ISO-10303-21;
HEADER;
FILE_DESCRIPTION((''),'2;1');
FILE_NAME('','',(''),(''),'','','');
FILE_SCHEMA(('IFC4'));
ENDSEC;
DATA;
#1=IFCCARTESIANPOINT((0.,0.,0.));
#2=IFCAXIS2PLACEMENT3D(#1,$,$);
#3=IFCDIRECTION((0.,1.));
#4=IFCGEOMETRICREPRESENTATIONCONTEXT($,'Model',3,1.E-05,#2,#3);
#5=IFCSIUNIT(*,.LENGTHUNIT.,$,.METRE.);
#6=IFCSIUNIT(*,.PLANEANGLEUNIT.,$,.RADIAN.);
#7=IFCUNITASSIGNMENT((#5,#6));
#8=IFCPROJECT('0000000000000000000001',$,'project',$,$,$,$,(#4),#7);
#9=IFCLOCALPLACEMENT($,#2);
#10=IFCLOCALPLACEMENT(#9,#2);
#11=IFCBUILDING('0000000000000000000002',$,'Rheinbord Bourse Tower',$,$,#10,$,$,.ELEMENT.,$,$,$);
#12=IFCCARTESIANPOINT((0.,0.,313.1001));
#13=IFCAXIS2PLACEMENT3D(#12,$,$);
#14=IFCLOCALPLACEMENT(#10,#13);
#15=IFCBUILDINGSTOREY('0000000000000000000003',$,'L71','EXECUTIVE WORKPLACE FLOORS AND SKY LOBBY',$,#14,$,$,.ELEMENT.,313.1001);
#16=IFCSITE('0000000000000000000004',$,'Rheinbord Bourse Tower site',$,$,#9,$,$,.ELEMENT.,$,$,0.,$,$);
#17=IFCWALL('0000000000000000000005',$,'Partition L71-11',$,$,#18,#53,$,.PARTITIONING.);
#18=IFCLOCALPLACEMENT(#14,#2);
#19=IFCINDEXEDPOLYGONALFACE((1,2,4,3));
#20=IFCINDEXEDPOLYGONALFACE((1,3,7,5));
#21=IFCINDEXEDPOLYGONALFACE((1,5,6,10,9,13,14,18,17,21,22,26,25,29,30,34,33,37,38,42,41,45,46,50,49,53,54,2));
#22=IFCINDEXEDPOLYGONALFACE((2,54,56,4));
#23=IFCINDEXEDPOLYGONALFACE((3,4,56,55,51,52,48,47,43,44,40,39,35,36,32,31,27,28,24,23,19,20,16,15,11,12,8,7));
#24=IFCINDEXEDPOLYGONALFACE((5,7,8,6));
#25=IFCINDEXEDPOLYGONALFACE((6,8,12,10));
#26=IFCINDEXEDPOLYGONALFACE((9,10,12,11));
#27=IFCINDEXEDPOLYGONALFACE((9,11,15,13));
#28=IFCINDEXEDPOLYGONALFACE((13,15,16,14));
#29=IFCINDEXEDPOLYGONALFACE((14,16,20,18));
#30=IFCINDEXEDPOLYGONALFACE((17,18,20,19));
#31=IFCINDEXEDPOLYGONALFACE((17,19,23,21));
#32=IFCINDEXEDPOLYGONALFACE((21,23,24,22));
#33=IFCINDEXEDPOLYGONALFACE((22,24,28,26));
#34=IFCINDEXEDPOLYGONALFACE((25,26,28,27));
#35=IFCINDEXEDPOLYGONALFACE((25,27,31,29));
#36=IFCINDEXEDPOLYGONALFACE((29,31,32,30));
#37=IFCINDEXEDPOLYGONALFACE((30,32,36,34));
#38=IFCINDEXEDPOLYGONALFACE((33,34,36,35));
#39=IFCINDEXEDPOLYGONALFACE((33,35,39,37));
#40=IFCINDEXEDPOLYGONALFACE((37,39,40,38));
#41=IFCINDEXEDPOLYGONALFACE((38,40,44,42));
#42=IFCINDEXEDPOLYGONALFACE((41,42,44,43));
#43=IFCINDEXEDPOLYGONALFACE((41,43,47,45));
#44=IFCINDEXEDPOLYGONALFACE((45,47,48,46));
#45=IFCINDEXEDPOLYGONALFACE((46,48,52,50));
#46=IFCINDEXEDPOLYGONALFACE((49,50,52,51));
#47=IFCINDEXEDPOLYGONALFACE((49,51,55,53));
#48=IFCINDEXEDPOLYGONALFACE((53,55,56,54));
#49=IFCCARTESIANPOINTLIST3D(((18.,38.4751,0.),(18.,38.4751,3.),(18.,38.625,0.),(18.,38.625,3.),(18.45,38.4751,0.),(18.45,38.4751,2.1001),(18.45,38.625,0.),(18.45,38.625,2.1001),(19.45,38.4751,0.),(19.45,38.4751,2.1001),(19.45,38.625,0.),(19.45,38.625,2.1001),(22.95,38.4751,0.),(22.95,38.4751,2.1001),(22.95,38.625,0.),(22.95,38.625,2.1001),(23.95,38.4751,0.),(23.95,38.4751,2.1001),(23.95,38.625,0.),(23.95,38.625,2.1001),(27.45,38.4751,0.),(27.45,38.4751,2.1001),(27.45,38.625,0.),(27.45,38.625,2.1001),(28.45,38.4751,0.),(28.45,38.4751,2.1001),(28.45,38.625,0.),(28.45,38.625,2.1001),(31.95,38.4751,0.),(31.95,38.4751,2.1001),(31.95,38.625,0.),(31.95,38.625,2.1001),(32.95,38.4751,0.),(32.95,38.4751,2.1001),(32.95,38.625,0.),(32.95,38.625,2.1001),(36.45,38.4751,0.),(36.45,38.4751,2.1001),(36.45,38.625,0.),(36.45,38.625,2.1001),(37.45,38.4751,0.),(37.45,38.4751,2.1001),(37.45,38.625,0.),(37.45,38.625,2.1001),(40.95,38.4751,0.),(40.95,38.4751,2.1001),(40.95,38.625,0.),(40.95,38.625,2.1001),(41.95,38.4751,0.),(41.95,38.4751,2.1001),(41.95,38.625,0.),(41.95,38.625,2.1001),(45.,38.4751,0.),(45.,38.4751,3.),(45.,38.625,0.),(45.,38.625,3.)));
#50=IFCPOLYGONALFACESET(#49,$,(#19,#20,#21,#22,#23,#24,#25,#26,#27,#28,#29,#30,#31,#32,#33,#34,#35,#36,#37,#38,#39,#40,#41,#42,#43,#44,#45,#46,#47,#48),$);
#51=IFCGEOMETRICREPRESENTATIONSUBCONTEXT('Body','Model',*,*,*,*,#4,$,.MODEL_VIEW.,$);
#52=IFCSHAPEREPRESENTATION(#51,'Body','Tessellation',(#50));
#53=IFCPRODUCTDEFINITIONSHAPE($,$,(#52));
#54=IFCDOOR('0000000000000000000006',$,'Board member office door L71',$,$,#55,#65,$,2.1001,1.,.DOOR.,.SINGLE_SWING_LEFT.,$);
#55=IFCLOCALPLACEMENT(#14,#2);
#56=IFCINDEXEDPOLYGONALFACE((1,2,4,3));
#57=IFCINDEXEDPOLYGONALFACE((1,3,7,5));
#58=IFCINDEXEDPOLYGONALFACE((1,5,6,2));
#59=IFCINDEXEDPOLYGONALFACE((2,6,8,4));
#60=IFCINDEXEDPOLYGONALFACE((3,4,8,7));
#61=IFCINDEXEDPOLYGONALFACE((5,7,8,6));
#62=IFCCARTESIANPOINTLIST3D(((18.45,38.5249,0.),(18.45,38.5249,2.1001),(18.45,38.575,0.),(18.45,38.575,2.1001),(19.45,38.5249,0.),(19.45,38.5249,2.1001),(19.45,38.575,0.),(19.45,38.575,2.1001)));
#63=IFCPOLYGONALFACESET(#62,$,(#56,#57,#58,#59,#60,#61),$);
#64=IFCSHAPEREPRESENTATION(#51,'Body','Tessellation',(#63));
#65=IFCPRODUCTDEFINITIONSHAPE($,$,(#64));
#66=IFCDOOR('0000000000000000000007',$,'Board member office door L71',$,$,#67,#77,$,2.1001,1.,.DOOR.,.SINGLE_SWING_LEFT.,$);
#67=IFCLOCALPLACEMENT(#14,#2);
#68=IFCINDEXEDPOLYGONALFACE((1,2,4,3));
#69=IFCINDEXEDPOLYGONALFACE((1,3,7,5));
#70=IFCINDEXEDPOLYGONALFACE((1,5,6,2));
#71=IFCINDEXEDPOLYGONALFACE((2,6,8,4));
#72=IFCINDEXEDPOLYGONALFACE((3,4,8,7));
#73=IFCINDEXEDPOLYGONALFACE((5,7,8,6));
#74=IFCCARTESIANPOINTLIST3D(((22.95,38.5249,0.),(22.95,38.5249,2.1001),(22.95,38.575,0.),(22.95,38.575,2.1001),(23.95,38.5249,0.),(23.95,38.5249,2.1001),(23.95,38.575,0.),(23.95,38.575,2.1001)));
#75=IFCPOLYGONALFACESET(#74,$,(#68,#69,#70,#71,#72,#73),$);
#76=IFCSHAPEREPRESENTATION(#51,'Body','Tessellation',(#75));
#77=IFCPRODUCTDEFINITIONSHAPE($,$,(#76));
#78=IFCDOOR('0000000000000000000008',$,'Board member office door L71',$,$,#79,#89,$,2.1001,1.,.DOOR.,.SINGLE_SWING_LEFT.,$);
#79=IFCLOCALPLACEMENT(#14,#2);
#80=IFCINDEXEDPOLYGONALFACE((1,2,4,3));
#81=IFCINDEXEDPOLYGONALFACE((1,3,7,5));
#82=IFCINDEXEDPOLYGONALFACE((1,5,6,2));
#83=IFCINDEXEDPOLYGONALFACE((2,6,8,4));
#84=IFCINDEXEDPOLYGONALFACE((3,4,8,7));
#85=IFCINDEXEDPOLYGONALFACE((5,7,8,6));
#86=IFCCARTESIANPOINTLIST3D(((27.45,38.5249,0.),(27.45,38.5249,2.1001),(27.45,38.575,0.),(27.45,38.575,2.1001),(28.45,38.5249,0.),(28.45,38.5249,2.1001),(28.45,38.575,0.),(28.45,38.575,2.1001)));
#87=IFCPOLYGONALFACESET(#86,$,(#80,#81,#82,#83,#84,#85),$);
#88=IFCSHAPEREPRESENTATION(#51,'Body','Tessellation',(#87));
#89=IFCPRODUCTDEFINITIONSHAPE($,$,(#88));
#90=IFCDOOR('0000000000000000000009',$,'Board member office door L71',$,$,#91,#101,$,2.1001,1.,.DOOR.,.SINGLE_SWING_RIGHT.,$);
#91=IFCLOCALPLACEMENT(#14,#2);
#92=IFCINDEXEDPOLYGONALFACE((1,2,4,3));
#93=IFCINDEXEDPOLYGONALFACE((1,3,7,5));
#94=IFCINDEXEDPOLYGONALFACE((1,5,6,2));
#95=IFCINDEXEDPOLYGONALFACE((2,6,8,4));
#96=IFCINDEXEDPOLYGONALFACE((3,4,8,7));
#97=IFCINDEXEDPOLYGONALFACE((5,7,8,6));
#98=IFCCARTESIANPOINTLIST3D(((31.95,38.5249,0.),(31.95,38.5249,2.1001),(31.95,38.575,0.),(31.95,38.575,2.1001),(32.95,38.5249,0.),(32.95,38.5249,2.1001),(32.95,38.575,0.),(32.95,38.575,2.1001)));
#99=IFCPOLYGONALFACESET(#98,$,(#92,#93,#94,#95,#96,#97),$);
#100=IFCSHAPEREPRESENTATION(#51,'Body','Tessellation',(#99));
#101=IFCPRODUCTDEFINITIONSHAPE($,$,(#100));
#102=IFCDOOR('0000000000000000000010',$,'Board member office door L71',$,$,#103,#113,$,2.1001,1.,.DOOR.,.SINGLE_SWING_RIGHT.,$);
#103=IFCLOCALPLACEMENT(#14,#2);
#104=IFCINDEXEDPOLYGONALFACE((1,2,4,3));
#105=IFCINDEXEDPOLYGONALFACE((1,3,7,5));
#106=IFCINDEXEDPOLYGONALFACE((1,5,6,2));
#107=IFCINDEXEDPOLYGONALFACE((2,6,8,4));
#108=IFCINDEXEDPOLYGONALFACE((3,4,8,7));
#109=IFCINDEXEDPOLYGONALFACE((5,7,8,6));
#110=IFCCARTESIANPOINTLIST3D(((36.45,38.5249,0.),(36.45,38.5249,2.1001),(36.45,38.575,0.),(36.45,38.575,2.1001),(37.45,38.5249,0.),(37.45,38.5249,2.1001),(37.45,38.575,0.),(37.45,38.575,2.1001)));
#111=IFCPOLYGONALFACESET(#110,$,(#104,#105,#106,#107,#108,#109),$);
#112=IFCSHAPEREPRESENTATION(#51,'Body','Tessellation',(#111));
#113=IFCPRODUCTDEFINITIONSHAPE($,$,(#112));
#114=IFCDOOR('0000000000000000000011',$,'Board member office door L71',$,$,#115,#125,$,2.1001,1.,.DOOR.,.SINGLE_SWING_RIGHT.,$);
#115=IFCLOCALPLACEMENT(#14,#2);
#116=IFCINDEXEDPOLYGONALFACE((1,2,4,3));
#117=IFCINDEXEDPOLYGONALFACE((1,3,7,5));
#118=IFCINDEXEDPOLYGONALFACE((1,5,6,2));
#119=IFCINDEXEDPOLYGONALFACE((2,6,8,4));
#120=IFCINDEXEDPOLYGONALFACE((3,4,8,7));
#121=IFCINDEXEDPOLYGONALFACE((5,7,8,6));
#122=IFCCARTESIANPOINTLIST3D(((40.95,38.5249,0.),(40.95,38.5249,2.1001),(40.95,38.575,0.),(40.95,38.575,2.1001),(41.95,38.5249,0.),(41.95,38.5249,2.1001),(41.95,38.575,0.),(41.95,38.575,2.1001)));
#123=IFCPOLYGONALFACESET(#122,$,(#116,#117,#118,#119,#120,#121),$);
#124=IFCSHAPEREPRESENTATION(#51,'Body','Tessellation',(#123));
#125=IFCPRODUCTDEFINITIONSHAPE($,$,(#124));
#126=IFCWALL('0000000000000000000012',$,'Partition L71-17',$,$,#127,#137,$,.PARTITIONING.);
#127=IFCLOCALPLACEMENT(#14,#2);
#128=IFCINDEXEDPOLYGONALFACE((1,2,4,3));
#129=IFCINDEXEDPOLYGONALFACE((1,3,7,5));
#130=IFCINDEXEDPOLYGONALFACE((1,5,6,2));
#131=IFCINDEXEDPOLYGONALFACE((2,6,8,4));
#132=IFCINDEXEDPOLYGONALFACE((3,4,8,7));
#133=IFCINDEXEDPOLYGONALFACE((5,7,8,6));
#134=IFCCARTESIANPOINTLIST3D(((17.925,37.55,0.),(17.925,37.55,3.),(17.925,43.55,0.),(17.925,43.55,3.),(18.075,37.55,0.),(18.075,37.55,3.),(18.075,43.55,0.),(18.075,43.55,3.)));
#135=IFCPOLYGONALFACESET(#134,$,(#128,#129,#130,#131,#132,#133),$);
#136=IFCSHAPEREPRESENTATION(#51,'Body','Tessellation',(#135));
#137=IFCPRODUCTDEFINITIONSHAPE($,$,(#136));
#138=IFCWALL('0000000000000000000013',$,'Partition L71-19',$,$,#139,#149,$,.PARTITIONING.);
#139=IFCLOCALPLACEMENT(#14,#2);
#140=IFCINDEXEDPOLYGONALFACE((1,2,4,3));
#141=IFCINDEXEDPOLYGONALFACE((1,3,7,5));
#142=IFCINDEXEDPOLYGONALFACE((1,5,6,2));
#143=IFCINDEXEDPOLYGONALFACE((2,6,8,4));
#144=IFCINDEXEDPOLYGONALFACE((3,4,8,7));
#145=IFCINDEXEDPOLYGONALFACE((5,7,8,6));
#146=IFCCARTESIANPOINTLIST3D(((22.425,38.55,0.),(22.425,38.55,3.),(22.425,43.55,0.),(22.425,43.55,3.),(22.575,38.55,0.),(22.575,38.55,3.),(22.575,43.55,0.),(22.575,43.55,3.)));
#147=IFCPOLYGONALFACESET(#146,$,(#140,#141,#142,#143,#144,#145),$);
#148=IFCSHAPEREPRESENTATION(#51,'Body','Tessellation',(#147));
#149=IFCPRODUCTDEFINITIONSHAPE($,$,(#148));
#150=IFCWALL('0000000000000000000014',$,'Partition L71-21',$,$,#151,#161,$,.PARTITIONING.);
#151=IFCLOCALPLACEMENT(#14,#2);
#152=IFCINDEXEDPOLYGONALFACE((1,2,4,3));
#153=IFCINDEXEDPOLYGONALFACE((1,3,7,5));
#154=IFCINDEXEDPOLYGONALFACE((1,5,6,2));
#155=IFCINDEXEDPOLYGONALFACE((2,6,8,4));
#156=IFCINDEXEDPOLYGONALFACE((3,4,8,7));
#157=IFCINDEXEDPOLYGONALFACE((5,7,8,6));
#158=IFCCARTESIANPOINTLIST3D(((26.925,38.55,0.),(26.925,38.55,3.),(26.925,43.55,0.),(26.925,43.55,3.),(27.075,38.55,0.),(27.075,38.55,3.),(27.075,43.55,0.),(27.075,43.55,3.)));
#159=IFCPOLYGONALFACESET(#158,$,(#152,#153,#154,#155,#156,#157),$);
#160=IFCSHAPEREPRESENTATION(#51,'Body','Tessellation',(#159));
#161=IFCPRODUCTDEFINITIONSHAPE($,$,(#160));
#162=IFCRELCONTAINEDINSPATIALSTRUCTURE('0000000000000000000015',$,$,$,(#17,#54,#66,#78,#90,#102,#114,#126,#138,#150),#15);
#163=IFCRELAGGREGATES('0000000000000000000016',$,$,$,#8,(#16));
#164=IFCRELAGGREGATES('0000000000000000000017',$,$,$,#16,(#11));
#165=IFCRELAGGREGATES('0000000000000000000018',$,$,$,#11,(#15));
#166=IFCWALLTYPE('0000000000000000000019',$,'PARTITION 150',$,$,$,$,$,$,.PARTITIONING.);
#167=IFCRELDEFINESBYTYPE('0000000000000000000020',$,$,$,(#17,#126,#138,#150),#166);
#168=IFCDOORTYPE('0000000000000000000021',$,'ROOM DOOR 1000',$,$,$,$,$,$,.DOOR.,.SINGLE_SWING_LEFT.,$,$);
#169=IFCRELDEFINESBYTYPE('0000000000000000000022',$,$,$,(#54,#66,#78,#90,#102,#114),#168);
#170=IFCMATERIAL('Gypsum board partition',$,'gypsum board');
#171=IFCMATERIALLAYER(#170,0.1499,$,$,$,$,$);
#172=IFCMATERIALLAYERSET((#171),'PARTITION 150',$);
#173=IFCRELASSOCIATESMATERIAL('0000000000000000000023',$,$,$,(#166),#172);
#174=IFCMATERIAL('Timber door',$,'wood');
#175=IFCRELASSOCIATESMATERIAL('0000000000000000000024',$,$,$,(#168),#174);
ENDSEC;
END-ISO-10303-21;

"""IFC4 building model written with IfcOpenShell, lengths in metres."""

from ifc_helpers import new_model, si_unit, direction, frame, frame_2d, origin, place, context, subcontext, project, spatial, rectangle, extrude, material, layer, layer_set, type_object, element, fill, save


model = new_model("IFC4")

# Units and contexts
model_context = context("Model", 3, precision=1e-05, world=origin(), true_north=direction((0.0, 1.0)))
body_context = subcontext(model_context, "Body", "Model", "MODEL_VIEW")
ifc_project = project(units=[si_unit("LENGTHUNIT", "METRE"), si_unit("PLANEANGLEUNIT", "RADIAN")], contexts=[model_context])

# Site, building, storey
site_placement = place(None, origin())
site = spatial("IfcSite", under=ifc_project, at=site_placement, Name="Rheinbord Bourse Tower site", CompositionType="ELEMENT", RefElevation=0.0)
building_placement = place(site_placement, origin())
building = spatial("IfcBuilding", under=site, at=building_placement, Name="Rheinbord Bourse Tower", CompositionType="ELEMENT")
storey_placement = place(building_placement, frame((0.0, 0.0, 313.1001)))
storey = spatial("IfcBuildingStorey", under=building, at=storey_placement, Name="L71", Description="EXECUTIVE WORKPLACE FLOORS AND SKY LOBBY", CompositionType="ELEMENT", Elevation=313.1001)

# Wall, openings, doors
ifc_material_1 = material(Name="Gypsum board partition", Category="gypsum board")
ifc_layer_1 = layer(ifc_material_1, 0.1499)
ifc_layer_set_1 = layer_set([ifc_layer_1], Name="PARTITION 150")
wall_type_1 = type_object("IfcWallType", Name="PARTITION 150", PredefinedType="PARTITIONING", material=ifc_layer_set_1)
wall_1_placement = place(storey_placement, frame((18.0, 38.55, 0.0), z_axis=(0.0, 0.0, 1.0), x_axis=(1.0, 0.0, 0.0)))
wall_1 = element("IfcWall", 1, at=wall_1_placement, inside=storey, type_object=wall_type_1, Name="Partition L71-11", PredefinedType="PARTITIONING", context=body_context, shape_type="SweptSolid", body=[
    extrude(rectangle(XDim=27.0, YDim=0.1499, at=frame_2d((13.5, 0.0))), origin(), (0.0, 0.0, 1.0), 3.0),
])
opening_1_placement = place(wall_1_placement, frame((0.45, 0.0, 0.0)))
opening_1 = element("IfcOpeningElement", 2, at=opening_1_placement, cuts=wall_1, PredefinedType="OPENING", context=body_context, shape_type="SweptSolid", body=[
    extrude(rectangle(XDim=1.0, YDim=2.1001, at=frame_2d((0.5, 1.05))), frame((0.0, 0.085, 0.0), z_axis=(0.0, -1.0, 0.0), x_axis=(1.0, 0.0, 0.0)), (0.0, 0.0, 1.0), 0.1699),
])
opening_2_placement = place(wall_1_placement, frame((4.95, 0.0, 0.0)))
opening_2 = element("IfcOpeningElement", 3, at=opening_2_placement, cuts=wall_1, PredefinedType="OPENING", context=body_context, shape_type="SweptSolid", body=[
    extrude(rectangle(XDim=1.0, YDim=2.1001, at=frame_2d((0.5, 1.05))), frame((0.0, 0.085, 0.0), z_axis=(0.0, -1.0, 0.0), x_axis=(1.0, 0.0, 0.0)), (0.0, 0.0, 1.0), 0.1699),
])
opening_3_placement = place(wall_1_placement, frame((9.45, 0.0, 0.0)))
opening_3 = element("IfcOpeningElement", 4, at=opening_3_placement, cuts=wall_1, PredefinedType="OPENING", context=body_context, shape_type="SweptSolid", body=[
    extrude(rectangle(XDim=1.0, YDim=2.1001, at=frame_2d((0.5, 1.05))), frame((0.0, 0.085, 0.0), z_axis=(0.0, -1.0, 0.0), x_axis=(1.0, 0.0, 0.0)), (0.0, 0.0, 1.0), 0.1699),
])
opening_4_placement = place(wall_1_placement, frame((13.95, 0.0, 0.0)))
opening_4 = element("IfcOpeningElement", 5, at=opening_4_placement, cuts=wall_1, PredefinedType="OPENING", context=body_context, shape_type="SweptSolid", body=[
    extrude(rectangle(XDim=1.0, YDim=2.1001, at=frame_2d((0.5, 1.05))), frame((0.0, 0.085, 0.0), z_axis=(0.0, -1.0, 0.0), x_axis=(1.0, 0.0, 0.0)), (0.0, 0.0, 1.0), 0.1699),
])
opening_5_placement = place(wall_1_placement, frame((18.45, 0.0, 0.0)))
opening_5 = element("IfcOpeningElement", 6, at=opening_5_placement, cuts=wall_1, PredefinedType="OPENING", context=body_context, shape_type="SweptSolid", body=[
    extrude(rectangle(XDim=1.0, YDim=2.1001, at=frame_2d((0.5, 1.05))), frame((0.0, 0.085, 0.0), z_axis=(0.0, -1.0, 0.0), x_axis=(1.0, 0.0, 0.0)), (0.0, 0.0, 1.0), 0.1699),
])
opening_6_placement = place(wall_1_placement, frame((22.95, 0.0, 0.0)))
opening_6 = element("IfcOpeningElement", 7, at=opening_6_placement, cuts=wall_1, PredefinedType="OPENING", context=body_context, shape_type="SweptSolid", body=[
    extrude(rectangle(XDim=1.0, YDim=2.1001, at=frame_2d((0.5, 1.05))), frame((0.0, 0.085, 0.0), z_axis=(0.0, -1.0, 0.0), x_axis=(1.0, 0.0, 0.0)), (0.0, 0.0, 1.0), 0.1699),
])
ifc_material_2 = material(Name="Timber door", Category="wood")
door_type_1 = type_object("IfcDoorType", Name="ROOM DOOR 1000", OperationType="SINGLE_SWING_LEFT", PredefinedType="DOOR", material=ifc_material_2)
door_1_placement = place(opening_1_placement, origin())
door_1 = element("IfcDoor", 8, at=door_1_placement, inside=storey, type_object=door_type_1, Name="Board member office door L71", OperationType="SINGLE_SWING_LEFT", OverallHeight=2.1001, OverallWidth=1.0, PredefinedType="DOOR", context=body_context, shape_type="SweptSolid", body=[
    extrude(rectangle(XDim=1.0, YDim=2.1001, at=frame_2d((0.5, 1.05))), frame((0.0, 0.0249, 0.0), z_axis=(0.0, -1.0, 0.0), x_axis=(1.0, 0.0, 0.0)), (0.0, 0.0, 1.0), 0.05),
])
fill(opening_1, door_1)
door_2_placement = place(opening_2_placement, origin())
door_2 = element("IfcDoor", 9, at=door_2_placement, inside=storey, type_object=door_type_1, Name="Board member office door L71", OperationType="SINGLE_SWING_LEFT", OverallHeight=2.1001, OverallWidth=1.0, PredefinedType="DOOR", context=body_context, shape_type="SweptSolid", body=[
    extrude(rectangle(XDim=1.0, YDim=2.1001, at=frame_2d((0.5, 1.05))), frame((0.0, 0.0249, 0.0), z_axis=(0.0, -1.0, 0.0), x_axis=(1.0, 0.0, 0.0)), (0.0, 0.0, 1.0), 0.05),
])
fill(opening_2, door_2)
door_3_placement = place(opening_3_placement, origin())
door_3 = element("IfcDoor", 10, at=door_3_placement, inside=storey, type_object=door_type_1, Name="Board member office door L71", OperationType="SINGLE_SWING_LEFT", OverallHeight=2.1001, OverallWidth=1.0, PredefinedType="DOOR", context=body_context, shape_type="SweptSolid", body=[
    extrude(rectangle(XDim=1.0, YDim=2.1001, at=frame_2d((0.5, 1.05))), frame((0.0, 0.0249, 0.0), z_axis=(0.0, -1.0, 0.0), x_axis=(1.0, 0.0, 0.0)), (0.0, 0.0, 1.0), 0.05),
])
fill(opening_3, door_3)
door_4_placement = place(opening_4_placement, origin())
door_4 = element("IfcDoor", 11, at=door_4_placement, inside=storey, type_object=door_type_1, Name="Board member office door L71", OperationType="SINGLE_SWING_RIGHT", OverallHeight=2.1001, OverallWidth=1.0, PredefinedType="DOOR", context=body_context, shape_type="SweptSolid", body=[
    extrude(rectangle(XDim=1.0, YDim=2.1001, at=frame_2d((0.5, 1.05))), frame((0.0, 0.0249, 0.0), z_axis=(0.0, -1.0, 0.0), x_axis=(1.0, 0.0, 0.0)), (0.0, 0.0, 1.0), 0.05),
])
fill(opening_4, door_4)
door_5_placement = place(opening_5_placement, origin())
door_5 = element("IfcDoor", 12, at=door_5_placement, inside=storey, type_object=door_type_1, Name="Board member office door L71", OperationType="SINGLE_SWING_RIGHT", OverallHeight=2.1001, OverallWidth=1.0, PredefinedType="DOOR", context=body_context, shape_type="SweptSolid", body=[
    extrude(rectangle(XDim=1.0, YDim=2.1001, at=frame_2d((0.5, 1.05))), frame((0.0, 0.0249, 0.0), z_axis=(0.0, -1.0, 0.0), x_axis=(1.0, 0.0, 0.0)), (0.0, 0.0, 1.0), 0.05),
])
fill(opening_5, door_5)
door_6_placement = place(opening_6_placement, origin())
door_6 = element("IfcDoor", 13, at=door_6_placement, inside=storey, type_object=door_type_1, Name="Board member office door L71", OperationType="SINGLE_SWING_RIGHT", OverallHeight=2.1001, OverallWidth=1.0, PredefinedType="DOOR", context=body_context, shape_type="SweptSolid", body=[
    extrude(rectangle(XDim=1.0, YDim=2.1001, at=frame_2d((0.5, 1.05))), frame((0.0, 0.0249, 0.0), z_axis=(0.0, -1.0, 0.0), x_axis=(1.0, 0.0, 0.0)), (0.0, 0.0, 1.0), 0.05),
])
fill(opening_6, door_6)

# Walls
wall_2_placement = place(storey_placement, frame((18.0, 37.55, 0.0), z_axis=(0.0, 0.0, 1.0), x_axis=(0.0, 1.0, 0.0)))
element("IfcWall", 14, at=wall_2_placement, inside=storey, type_object=wall_type_1, Name="Partition L71-17", PredefinedType="PARTITIONING", context=body_context, shape_type="SweptSolid", body=[
    extrude(rectangle(XDim=6.0, YDim=0.1499, at=frame_2d((3.0, 0.0))), origin(), (0.0, 0.0, 1.0), 3.0),
])
for number, where, z_axis, x_axis, name in (
    (15, (22.5, 38.55, 0.0), (0.0, 0.0, 1.0), (0.0, 1.0, 0.0), "Partition L71-19"),
    (16, (27.0, 38.55, 0.0), (0.0, 0.0, 1.0), (0.0, 1.0, 0.0), "Partition L71-21"),
):
    element("IfcWall", number, at=place(storey_placement, frame(where, z_axis=z_axis, x_axis=x_axis)), inside=storey, type_object=wall_type_1, Name=name, PredefinedType="PARTITIONING", context=body_context, shape_type="SweptSolid", body=[
        extrude(rectangle(XDim=5.0, YDim=0.1499, at=frame_2d((2.5, 0.0))), origin(), (0.0, 0.0, 1.0), 3.0),
    ])

save(model, "model.ifc")
